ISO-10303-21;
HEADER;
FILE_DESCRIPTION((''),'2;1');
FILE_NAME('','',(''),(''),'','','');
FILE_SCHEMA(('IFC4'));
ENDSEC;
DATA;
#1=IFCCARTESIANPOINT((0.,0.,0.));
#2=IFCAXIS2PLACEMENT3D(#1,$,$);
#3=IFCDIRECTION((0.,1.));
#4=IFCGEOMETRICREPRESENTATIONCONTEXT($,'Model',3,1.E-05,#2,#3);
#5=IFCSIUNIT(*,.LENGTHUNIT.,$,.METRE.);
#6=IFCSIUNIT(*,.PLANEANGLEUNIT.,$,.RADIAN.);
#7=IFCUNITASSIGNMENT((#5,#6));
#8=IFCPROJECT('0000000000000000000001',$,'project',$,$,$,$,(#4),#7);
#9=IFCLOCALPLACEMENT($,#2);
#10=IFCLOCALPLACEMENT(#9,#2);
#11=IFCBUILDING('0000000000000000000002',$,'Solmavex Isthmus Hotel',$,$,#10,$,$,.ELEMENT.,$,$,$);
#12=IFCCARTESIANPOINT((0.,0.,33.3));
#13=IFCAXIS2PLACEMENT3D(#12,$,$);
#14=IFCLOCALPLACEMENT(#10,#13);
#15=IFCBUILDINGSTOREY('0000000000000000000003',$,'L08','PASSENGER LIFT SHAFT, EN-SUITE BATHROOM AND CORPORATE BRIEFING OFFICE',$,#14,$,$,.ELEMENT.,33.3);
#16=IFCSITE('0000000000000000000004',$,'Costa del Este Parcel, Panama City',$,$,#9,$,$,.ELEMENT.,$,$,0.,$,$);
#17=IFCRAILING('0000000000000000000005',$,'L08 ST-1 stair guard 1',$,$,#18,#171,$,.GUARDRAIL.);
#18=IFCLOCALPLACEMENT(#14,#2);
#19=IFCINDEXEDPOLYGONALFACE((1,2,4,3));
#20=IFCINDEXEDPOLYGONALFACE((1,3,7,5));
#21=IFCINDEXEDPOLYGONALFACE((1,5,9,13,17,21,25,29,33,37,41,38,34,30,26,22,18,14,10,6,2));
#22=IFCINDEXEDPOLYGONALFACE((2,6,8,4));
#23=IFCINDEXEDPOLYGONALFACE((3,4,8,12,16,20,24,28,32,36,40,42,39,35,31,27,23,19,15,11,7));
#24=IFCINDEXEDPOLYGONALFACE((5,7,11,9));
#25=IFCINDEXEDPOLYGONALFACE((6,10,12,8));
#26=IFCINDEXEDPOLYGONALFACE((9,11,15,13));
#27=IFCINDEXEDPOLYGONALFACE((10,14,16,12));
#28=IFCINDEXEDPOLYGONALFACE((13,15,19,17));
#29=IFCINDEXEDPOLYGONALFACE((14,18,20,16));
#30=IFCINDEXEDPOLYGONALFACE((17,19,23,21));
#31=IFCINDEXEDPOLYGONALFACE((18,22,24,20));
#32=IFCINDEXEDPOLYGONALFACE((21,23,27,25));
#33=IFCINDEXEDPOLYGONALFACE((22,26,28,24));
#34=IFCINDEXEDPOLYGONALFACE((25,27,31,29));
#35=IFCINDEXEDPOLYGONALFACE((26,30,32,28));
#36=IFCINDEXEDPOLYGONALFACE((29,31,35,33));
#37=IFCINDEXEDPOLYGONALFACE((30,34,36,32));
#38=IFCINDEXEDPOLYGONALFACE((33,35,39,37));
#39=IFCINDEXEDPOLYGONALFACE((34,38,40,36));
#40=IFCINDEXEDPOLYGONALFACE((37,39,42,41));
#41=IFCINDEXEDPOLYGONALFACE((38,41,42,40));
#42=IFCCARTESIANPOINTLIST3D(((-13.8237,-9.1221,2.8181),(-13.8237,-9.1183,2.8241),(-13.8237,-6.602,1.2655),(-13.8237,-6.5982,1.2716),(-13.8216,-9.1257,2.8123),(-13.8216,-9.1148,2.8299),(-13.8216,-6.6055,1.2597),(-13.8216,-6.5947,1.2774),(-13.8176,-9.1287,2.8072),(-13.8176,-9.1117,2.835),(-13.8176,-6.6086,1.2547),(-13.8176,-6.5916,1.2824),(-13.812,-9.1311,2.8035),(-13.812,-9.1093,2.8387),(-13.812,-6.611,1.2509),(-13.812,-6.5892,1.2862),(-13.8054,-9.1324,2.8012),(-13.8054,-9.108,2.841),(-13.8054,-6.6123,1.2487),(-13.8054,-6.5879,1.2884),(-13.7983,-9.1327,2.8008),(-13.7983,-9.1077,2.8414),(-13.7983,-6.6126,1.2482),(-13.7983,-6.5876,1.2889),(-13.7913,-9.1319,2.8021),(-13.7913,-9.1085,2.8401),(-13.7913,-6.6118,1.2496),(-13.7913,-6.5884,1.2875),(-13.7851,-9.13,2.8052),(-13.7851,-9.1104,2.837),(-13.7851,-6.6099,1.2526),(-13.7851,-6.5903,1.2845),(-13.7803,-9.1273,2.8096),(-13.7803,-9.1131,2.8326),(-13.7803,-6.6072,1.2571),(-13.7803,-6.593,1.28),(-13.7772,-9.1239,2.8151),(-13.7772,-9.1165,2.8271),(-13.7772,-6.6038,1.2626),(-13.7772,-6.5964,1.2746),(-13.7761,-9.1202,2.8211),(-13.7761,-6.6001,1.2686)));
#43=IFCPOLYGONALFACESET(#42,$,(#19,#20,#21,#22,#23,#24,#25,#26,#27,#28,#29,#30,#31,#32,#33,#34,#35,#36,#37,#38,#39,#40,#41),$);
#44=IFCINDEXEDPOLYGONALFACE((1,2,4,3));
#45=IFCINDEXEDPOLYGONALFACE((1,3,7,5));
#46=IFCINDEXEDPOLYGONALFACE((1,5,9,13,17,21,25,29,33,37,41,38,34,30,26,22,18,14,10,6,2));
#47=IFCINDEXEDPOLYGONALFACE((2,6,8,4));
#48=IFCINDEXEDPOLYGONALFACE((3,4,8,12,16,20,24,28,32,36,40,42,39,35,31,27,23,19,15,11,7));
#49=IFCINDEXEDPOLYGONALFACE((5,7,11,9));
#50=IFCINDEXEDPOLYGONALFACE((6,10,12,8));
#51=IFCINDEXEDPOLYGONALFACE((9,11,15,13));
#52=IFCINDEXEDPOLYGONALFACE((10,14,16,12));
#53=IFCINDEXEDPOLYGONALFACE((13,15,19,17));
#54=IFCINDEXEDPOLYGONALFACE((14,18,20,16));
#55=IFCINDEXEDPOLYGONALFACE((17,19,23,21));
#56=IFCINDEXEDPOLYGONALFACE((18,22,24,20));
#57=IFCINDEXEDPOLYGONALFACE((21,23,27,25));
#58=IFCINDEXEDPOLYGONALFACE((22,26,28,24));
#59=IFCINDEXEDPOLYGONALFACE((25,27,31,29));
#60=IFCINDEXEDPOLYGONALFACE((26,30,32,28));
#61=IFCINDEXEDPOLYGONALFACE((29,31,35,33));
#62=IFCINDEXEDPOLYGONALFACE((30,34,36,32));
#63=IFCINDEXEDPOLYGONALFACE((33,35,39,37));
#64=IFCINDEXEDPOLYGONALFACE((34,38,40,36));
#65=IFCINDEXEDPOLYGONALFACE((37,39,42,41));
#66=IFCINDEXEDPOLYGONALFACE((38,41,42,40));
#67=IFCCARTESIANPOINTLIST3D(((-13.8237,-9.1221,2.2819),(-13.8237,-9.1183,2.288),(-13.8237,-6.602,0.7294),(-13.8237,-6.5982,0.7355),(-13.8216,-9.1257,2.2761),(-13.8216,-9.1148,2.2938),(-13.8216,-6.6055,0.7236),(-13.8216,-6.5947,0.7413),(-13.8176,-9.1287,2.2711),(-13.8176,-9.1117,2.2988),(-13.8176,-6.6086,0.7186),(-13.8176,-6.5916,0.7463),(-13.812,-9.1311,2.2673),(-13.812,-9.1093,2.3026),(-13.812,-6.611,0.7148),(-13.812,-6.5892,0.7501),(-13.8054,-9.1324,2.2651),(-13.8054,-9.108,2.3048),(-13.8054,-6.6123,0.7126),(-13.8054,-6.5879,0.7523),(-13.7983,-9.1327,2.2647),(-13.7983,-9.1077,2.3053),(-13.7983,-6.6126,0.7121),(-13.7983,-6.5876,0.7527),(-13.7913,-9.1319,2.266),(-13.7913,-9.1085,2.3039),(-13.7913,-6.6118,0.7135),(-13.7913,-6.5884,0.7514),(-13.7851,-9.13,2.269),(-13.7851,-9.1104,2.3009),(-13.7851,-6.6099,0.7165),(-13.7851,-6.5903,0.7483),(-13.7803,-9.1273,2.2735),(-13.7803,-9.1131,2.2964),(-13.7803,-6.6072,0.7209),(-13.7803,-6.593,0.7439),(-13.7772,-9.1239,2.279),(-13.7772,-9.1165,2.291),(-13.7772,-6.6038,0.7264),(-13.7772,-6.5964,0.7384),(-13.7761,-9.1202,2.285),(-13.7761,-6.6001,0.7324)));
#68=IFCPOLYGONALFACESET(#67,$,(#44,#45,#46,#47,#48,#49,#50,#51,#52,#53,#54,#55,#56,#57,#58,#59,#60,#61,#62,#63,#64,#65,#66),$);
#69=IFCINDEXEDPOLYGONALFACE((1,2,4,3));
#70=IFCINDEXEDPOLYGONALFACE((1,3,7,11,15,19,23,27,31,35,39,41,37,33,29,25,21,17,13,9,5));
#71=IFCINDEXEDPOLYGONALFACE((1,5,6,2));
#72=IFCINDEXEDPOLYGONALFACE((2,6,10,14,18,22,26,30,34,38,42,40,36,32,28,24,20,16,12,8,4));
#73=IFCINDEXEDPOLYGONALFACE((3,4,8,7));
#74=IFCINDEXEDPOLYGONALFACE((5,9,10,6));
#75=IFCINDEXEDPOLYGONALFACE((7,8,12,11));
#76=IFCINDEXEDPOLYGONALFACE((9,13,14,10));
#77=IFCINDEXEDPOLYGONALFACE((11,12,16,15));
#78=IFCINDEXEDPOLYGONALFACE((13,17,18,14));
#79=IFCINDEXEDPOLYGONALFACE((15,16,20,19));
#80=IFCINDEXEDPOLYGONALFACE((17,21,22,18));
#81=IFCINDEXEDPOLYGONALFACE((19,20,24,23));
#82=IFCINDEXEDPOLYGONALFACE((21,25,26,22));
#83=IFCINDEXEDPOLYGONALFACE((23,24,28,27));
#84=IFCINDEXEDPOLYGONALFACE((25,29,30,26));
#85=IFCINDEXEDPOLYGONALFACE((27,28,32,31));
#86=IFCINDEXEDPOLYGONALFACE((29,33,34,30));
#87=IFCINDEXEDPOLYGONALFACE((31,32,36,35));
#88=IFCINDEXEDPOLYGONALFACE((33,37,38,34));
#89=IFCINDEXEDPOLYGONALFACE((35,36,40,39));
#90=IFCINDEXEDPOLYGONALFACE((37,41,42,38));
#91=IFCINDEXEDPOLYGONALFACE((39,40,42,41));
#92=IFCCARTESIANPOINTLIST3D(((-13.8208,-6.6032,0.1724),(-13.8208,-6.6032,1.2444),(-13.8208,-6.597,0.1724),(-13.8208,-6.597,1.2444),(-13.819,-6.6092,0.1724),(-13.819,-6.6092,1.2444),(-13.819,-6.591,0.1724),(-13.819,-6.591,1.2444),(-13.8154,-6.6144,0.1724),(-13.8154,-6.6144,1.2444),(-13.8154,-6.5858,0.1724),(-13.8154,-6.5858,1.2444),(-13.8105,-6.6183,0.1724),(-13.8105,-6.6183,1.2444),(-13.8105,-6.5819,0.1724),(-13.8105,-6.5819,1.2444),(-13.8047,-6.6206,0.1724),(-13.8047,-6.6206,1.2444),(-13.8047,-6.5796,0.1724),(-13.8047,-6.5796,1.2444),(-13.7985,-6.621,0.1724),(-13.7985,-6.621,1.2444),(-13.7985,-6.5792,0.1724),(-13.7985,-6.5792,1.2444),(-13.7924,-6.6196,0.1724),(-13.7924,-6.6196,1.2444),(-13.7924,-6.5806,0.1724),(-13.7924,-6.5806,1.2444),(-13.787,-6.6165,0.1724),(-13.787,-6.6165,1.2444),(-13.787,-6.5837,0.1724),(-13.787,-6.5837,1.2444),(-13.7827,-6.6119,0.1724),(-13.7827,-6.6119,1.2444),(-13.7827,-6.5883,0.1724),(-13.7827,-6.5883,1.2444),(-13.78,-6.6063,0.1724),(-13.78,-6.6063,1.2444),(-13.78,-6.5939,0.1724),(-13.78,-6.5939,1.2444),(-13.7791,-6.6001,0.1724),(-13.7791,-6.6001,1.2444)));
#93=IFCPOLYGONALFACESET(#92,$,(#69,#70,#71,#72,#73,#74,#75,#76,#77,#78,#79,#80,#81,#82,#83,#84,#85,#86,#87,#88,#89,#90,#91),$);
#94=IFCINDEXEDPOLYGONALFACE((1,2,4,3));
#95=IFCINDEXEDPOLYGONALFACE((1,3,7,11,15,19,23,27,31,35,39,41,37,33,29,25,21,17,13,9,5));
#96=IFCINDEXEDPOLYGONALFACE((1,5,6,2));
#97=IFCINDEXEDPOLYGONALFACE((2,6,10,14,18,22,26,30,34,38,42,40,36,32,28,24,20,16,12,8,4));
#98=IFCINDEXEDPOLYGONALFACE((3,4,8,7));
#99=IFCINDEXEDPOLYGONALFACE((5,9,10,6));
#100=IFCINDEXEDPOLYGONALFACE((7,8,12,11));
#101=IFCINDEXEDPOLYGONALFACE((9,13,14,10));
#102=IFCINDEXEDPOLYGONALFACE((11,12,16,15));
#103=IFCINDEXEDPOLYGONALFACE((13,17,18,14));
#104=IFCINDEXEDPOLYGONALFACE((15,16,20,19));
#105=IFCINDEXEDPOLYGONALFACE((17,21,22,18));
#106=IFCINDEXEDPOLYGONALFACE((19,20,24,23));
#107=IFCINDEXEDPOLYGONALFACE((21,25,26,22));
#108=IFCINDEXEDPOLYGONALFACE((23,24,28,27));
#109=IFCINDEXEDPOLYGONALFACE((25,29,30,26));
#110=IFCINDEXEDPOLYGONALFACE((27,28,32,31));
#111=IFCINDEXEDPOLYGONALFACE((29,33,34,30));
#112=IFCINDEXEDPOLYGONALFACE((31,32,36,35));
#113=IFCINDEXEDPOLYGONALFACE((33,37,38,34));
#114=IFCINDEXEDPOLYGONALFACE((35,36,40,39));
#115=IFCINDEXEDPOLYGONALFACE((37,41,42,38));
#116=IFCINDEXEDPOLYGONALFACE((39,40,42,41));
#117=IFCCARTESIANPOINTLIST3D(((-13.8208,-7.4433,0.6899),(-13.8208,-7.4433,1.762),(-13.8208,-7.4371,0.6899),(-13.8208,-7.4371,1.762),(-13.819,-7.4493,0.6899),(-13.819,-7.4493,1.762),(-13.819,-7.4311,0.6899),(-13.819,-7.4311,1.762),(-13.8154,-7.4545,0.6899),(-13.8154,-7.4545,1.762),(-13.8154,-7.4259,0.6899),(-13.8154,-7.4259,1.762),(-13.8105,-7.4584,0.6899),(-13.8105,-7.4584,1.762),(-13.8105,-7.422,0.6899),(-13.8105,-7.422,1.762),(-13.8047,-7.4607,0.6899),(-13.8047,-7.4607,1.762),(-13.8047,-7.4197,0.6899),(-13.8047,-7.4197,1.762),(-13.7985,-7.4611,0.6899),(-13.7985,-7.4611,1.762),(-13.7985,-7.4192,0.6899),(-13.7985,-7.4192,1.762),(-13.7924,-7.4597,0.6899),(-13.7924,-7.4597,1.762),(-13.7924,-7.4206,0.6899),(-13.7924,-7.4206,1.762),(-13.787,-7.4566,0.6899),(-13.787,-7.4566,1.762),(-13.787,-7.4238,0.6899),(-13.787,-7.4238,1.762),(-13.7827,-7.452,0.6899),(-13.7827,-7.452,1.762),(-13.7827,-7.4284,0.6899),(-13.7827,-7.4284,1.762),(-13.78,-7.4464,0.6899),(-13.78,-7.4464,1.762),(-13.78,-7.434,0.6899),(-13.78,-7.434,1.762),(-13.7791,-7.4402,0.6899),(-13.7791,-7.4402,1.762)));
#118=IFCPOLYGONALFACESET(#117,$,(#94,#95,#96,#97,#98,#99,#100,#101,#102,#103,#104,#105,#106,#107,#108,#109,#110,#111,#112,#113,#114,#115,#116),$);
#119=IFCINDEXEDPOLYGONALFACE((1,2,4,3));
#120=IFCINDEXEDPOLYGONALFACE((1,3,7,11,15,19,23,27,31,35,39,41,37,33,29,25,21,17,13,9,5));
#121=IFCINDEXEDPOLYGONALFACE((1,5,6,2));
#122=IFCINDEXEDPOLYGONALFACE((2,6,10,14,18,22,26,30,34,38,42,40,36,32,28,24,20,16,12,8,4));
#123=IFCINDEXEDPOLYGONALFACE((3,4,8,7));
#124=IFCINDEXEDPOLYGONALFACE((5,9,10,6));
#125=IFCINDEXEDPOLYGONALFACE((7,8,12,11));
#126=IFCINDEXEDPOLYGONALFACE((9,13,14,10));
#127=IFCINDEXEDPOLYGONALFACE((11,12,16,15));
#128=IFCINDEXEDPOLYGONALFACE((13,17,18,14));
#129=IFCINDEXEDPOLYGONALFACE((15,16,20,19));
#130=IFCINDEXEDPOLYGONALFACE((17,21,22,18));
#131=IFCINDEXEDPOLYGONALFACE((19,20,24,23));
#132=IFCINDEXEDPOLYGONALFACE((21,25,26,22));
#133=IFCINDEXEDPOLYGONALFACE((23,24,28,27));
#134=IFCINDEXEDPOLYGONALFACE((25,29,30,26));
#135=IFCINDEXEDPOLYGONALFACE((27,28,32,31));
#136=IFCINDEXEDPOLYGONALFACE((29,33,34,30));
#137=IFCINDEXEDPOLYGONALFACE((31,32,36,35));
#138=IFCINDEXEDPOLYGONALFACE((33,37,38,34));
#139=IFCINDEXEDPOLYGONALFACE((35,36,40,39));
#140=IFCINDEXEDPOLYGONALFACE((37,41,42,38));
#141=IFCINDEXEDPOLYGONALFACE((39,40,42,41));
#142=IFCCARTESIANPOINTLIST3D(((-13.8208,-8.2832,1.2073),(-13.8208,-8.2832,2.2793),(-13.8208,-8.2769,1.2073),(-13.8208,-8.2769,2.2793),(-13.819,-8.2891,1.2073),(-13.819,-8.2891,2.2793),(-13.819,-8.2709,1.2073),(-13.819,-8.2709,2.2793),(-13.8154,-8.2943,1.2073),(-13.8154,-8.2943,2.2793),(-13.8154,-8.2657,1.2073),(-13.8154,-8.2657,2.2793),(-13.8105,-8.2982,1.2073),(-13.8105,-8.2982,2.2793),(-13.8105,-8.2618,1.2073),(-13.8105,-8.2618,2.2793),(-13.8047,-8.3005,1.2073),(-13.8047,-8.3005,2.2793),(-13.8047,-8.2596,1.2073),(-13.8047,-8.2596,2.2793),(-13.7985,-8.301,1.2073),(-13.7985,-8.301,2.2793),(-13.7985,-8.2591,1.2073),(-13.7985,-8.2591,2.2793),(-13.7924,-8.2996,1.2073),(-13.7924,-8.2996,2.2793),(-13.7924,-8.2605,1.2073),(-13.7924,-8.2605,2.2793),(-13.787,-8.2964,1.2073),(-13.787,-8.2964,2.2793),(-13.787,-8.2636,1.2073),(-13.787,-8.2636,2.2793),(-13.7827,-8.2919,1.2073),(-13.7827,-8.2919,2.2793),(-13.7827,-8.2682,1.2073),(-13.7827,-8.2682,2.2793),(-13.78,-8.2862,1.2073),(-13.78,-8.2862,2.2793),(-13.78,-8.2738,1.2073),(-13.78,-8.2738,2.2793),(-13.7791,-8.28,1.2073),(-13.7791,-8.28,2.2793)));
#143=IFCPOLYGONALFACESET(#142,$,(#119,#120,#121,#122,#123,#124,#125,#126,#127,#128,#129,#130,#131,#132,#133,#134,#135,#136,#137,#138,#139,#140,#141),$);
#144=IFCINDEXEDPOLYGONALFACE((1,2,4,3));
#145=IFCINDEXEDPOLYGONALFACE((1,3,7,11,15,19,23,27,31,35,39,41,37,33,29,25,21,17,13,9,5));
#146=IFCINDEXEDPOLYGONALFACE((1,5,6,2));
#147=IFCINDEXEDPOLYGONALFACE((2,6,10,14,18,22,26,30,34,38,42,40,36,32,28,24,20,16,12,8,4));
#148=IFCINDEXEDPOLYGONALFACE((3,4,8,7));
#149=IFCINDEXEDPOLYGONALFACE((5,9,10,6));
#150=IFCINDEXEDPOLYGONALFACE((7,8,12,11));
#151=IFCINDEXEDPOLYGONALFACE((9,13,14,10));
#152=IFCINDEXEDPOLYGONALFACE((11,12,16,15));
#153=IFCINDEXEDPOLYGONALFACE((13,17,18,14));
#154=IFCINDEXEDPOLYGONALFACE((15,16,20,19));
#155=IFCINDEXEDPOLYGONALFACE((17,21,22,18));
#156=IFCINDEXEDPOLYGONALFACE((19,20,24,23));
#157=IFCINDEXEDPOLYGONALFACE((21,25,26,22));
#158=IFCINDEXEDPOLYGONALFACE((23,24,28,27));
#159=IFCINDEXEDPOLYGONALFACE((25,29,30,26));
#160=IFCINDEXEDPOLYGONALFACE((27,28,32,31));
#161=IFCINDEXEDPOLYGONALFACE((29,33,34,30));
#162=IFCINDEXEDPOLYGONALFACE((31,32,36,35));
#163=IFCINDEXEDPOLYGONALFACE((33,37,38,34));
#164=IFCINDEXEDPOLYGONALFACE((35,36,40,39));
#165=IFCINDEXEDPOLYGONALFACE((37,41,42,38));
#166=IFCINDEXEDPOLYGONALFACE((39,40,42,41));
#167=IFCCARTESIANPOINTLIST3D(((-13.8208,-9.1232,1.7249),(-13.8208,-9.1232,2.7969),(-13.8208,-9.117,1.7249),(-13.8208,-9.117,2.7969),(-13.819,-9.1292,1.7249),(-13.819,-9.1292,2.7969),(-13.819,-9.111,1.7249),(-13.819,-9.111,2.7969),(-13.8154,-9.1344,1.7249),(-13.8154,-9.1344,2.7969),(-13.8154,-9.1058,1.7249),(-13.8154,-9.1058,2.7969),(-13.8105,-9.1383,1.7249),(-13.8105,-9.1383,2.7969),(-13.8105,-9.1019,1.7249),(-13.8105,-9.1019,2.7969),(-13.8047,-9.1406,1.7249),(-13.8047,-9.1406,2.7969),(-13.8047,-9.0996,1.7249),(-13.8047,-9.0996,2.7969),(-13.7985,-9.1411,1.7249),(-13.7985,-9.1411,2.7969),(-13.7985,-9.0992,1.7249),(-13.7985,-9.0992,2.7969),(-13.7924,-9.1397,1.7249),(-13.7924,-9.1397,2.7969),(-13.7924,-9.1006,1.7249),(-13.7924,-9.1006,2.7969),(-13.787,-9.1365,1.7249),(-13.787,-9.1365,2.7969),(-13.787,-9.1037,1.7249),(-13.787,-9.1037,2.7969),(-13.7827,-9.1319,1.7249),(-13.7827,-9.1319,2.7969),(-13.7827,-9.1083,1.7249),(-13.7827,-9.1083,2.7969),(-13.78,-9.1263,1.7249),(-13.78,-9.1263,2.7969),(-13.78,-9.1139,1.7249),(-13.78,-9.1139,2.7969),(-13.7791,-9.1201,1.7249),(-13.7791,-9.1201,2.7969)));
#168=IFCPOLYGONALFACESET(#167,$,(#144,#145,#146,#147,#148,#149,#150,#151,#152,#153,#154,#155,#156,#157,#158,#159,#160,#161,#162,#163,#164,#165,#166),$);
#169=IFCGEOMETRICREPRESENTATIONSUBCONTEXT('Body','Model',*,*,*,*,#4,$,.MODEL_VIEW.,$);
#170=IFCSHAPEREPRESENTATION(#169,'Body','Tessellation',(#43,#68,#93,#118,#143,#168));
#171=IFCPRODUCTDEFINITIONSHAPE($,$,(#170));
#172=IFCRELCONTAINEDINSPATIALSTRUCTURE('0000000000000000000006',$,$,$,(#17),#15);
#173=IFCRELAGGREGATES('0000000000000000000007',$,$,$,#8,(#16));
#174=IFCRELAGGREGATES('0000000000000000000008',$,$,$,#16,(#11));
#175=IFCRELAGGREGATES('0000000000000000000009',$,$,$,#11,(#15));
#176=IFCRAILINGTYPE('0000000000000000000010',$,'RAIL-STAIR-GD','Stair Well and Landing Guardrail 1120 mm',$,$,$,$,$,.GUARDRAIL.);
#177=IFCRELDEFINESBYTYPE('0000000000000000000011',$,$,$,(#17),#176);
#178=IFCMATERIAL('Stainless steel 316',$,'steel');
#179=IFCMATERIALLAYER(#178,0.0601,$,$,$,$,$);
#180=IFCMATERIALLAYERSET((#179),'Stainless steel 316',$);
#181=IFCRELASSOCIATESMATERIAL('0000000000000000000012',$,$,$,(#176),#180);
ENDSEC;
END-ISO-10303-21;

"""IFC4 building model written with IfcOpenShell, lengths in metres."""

from ifc_helpers import new_model, si_unit, direction, frame, origin, origin_2d, place, context, subcontext, project, spatial, circle, extrude, material, layer, layer_set, type_object, element, save


model = new_model("IFC4")

# Units and contexts
model_context = context("Model", 3, precision=1e-05, world=origin(), true_north=direction((0.0, 1.0)))
body_context = subcontext(model_context, "Body", "Model", "MODEL_VIEW")
ifc_project = project(units=[si_unit("LENGTHUNIT", "METRE"), si_unit("PLANEANGLEUNIT", "RADIAN")], contexts=[model_context])

# Site, building, storey
site_placement = place(None, origin())
site = spatial("IfcSite", under=ifc_project, at=site_placement, Name="Costa del Este Parcel, Panama City", CompositionType="ELEMENT", RefElevation=0.0)
building_placement = place(site_placement, origin())
building = spatial("IfcBuilding", under=site, at=building_placement, Name="Solmavex Isthmus Hotel", CompositionType="ELEMENT")
storey_placement = place(building_placement, frame((0.0, 0.0, 33.3)))
storey = spatial("IfcBuildingStorey", under=building, at=storey_placement, Name="L08", Description="PASSENGER LIFT SHAFT, EN-SUITE BATHROOM AND CORPORATE BRIEFING OFFICE", CompositionType="ELEMENT", Elevation=33.3)

# Shared definitions
ifc_material_1 = material(Name="Stainless steel 316", Category="steel")

# Railing
ifc_layer_1 = layer(ifc_material_1, 0.0601)
ifc_layer_set_1 = layer_set([ifc_layer_1], Name="Stainless steel 316")
railing_type_1 = type_object("IfcRailingType", Name="RAIL-STAIR-GD", Description="Stair Well and Landing Guardrail 1120 mm", PredefinedType="GUARDRAIL", material=ifc_layer_set_1)
railing_1_placement = place(storey_placement, frame((-13.8, -6.6001, 0.1724)))
element("IfcRailing", 1, at=railing_1_placement, inside=storey, type_object=railing_type_1, Name="L08 ST-1 stair guard 1", PredefinedType="GUARDRAIL", context=body_context, shape_type="SweptSolid", body=[
    extrude(circle(Radius=0.0239, at=origin_2d()), frame((0.0, 0.0, 1.0962), z_axis=(0.0, -0.8514, 0.524516), x_axis=(1.0, 0.0, 0.0)), (0.0, 0.0, 1.0), 2.96),
    extrude(circle(Radius=0.0239, at=origin_2d()), frame((0.0, 0.0, 0.5601), z_axis=(0.0, -0.8514, 0.524516), x_axis=(1.0, 0.0, 0.0)), (0.0, 0.0, 1.0), 2.96),
    extrude(circle(Radius=0.021, at=origin_2d()), origin(), (0.0, 0.0, 1.0), 1.072),
    extrude(circle(Radius=0.021, at=origin_2d()), frame((0.0, -0.8401, 0.5176)), (0.0, 0.0, 1.0), 1.072),
    extrude(circle(Radius=0.021, at=origin_2d()), frame((0.0, -1.6799, 1.0349)), (0.0, 0.0, 1.0), 1.072),
    extrude(circle(Radius=0.021, at=origin_2d()), frame((0.0, -2.52, 1.5525)), (0.0, 0.0, 1.0), 1.072),
])

save(model, "model.ifc")
